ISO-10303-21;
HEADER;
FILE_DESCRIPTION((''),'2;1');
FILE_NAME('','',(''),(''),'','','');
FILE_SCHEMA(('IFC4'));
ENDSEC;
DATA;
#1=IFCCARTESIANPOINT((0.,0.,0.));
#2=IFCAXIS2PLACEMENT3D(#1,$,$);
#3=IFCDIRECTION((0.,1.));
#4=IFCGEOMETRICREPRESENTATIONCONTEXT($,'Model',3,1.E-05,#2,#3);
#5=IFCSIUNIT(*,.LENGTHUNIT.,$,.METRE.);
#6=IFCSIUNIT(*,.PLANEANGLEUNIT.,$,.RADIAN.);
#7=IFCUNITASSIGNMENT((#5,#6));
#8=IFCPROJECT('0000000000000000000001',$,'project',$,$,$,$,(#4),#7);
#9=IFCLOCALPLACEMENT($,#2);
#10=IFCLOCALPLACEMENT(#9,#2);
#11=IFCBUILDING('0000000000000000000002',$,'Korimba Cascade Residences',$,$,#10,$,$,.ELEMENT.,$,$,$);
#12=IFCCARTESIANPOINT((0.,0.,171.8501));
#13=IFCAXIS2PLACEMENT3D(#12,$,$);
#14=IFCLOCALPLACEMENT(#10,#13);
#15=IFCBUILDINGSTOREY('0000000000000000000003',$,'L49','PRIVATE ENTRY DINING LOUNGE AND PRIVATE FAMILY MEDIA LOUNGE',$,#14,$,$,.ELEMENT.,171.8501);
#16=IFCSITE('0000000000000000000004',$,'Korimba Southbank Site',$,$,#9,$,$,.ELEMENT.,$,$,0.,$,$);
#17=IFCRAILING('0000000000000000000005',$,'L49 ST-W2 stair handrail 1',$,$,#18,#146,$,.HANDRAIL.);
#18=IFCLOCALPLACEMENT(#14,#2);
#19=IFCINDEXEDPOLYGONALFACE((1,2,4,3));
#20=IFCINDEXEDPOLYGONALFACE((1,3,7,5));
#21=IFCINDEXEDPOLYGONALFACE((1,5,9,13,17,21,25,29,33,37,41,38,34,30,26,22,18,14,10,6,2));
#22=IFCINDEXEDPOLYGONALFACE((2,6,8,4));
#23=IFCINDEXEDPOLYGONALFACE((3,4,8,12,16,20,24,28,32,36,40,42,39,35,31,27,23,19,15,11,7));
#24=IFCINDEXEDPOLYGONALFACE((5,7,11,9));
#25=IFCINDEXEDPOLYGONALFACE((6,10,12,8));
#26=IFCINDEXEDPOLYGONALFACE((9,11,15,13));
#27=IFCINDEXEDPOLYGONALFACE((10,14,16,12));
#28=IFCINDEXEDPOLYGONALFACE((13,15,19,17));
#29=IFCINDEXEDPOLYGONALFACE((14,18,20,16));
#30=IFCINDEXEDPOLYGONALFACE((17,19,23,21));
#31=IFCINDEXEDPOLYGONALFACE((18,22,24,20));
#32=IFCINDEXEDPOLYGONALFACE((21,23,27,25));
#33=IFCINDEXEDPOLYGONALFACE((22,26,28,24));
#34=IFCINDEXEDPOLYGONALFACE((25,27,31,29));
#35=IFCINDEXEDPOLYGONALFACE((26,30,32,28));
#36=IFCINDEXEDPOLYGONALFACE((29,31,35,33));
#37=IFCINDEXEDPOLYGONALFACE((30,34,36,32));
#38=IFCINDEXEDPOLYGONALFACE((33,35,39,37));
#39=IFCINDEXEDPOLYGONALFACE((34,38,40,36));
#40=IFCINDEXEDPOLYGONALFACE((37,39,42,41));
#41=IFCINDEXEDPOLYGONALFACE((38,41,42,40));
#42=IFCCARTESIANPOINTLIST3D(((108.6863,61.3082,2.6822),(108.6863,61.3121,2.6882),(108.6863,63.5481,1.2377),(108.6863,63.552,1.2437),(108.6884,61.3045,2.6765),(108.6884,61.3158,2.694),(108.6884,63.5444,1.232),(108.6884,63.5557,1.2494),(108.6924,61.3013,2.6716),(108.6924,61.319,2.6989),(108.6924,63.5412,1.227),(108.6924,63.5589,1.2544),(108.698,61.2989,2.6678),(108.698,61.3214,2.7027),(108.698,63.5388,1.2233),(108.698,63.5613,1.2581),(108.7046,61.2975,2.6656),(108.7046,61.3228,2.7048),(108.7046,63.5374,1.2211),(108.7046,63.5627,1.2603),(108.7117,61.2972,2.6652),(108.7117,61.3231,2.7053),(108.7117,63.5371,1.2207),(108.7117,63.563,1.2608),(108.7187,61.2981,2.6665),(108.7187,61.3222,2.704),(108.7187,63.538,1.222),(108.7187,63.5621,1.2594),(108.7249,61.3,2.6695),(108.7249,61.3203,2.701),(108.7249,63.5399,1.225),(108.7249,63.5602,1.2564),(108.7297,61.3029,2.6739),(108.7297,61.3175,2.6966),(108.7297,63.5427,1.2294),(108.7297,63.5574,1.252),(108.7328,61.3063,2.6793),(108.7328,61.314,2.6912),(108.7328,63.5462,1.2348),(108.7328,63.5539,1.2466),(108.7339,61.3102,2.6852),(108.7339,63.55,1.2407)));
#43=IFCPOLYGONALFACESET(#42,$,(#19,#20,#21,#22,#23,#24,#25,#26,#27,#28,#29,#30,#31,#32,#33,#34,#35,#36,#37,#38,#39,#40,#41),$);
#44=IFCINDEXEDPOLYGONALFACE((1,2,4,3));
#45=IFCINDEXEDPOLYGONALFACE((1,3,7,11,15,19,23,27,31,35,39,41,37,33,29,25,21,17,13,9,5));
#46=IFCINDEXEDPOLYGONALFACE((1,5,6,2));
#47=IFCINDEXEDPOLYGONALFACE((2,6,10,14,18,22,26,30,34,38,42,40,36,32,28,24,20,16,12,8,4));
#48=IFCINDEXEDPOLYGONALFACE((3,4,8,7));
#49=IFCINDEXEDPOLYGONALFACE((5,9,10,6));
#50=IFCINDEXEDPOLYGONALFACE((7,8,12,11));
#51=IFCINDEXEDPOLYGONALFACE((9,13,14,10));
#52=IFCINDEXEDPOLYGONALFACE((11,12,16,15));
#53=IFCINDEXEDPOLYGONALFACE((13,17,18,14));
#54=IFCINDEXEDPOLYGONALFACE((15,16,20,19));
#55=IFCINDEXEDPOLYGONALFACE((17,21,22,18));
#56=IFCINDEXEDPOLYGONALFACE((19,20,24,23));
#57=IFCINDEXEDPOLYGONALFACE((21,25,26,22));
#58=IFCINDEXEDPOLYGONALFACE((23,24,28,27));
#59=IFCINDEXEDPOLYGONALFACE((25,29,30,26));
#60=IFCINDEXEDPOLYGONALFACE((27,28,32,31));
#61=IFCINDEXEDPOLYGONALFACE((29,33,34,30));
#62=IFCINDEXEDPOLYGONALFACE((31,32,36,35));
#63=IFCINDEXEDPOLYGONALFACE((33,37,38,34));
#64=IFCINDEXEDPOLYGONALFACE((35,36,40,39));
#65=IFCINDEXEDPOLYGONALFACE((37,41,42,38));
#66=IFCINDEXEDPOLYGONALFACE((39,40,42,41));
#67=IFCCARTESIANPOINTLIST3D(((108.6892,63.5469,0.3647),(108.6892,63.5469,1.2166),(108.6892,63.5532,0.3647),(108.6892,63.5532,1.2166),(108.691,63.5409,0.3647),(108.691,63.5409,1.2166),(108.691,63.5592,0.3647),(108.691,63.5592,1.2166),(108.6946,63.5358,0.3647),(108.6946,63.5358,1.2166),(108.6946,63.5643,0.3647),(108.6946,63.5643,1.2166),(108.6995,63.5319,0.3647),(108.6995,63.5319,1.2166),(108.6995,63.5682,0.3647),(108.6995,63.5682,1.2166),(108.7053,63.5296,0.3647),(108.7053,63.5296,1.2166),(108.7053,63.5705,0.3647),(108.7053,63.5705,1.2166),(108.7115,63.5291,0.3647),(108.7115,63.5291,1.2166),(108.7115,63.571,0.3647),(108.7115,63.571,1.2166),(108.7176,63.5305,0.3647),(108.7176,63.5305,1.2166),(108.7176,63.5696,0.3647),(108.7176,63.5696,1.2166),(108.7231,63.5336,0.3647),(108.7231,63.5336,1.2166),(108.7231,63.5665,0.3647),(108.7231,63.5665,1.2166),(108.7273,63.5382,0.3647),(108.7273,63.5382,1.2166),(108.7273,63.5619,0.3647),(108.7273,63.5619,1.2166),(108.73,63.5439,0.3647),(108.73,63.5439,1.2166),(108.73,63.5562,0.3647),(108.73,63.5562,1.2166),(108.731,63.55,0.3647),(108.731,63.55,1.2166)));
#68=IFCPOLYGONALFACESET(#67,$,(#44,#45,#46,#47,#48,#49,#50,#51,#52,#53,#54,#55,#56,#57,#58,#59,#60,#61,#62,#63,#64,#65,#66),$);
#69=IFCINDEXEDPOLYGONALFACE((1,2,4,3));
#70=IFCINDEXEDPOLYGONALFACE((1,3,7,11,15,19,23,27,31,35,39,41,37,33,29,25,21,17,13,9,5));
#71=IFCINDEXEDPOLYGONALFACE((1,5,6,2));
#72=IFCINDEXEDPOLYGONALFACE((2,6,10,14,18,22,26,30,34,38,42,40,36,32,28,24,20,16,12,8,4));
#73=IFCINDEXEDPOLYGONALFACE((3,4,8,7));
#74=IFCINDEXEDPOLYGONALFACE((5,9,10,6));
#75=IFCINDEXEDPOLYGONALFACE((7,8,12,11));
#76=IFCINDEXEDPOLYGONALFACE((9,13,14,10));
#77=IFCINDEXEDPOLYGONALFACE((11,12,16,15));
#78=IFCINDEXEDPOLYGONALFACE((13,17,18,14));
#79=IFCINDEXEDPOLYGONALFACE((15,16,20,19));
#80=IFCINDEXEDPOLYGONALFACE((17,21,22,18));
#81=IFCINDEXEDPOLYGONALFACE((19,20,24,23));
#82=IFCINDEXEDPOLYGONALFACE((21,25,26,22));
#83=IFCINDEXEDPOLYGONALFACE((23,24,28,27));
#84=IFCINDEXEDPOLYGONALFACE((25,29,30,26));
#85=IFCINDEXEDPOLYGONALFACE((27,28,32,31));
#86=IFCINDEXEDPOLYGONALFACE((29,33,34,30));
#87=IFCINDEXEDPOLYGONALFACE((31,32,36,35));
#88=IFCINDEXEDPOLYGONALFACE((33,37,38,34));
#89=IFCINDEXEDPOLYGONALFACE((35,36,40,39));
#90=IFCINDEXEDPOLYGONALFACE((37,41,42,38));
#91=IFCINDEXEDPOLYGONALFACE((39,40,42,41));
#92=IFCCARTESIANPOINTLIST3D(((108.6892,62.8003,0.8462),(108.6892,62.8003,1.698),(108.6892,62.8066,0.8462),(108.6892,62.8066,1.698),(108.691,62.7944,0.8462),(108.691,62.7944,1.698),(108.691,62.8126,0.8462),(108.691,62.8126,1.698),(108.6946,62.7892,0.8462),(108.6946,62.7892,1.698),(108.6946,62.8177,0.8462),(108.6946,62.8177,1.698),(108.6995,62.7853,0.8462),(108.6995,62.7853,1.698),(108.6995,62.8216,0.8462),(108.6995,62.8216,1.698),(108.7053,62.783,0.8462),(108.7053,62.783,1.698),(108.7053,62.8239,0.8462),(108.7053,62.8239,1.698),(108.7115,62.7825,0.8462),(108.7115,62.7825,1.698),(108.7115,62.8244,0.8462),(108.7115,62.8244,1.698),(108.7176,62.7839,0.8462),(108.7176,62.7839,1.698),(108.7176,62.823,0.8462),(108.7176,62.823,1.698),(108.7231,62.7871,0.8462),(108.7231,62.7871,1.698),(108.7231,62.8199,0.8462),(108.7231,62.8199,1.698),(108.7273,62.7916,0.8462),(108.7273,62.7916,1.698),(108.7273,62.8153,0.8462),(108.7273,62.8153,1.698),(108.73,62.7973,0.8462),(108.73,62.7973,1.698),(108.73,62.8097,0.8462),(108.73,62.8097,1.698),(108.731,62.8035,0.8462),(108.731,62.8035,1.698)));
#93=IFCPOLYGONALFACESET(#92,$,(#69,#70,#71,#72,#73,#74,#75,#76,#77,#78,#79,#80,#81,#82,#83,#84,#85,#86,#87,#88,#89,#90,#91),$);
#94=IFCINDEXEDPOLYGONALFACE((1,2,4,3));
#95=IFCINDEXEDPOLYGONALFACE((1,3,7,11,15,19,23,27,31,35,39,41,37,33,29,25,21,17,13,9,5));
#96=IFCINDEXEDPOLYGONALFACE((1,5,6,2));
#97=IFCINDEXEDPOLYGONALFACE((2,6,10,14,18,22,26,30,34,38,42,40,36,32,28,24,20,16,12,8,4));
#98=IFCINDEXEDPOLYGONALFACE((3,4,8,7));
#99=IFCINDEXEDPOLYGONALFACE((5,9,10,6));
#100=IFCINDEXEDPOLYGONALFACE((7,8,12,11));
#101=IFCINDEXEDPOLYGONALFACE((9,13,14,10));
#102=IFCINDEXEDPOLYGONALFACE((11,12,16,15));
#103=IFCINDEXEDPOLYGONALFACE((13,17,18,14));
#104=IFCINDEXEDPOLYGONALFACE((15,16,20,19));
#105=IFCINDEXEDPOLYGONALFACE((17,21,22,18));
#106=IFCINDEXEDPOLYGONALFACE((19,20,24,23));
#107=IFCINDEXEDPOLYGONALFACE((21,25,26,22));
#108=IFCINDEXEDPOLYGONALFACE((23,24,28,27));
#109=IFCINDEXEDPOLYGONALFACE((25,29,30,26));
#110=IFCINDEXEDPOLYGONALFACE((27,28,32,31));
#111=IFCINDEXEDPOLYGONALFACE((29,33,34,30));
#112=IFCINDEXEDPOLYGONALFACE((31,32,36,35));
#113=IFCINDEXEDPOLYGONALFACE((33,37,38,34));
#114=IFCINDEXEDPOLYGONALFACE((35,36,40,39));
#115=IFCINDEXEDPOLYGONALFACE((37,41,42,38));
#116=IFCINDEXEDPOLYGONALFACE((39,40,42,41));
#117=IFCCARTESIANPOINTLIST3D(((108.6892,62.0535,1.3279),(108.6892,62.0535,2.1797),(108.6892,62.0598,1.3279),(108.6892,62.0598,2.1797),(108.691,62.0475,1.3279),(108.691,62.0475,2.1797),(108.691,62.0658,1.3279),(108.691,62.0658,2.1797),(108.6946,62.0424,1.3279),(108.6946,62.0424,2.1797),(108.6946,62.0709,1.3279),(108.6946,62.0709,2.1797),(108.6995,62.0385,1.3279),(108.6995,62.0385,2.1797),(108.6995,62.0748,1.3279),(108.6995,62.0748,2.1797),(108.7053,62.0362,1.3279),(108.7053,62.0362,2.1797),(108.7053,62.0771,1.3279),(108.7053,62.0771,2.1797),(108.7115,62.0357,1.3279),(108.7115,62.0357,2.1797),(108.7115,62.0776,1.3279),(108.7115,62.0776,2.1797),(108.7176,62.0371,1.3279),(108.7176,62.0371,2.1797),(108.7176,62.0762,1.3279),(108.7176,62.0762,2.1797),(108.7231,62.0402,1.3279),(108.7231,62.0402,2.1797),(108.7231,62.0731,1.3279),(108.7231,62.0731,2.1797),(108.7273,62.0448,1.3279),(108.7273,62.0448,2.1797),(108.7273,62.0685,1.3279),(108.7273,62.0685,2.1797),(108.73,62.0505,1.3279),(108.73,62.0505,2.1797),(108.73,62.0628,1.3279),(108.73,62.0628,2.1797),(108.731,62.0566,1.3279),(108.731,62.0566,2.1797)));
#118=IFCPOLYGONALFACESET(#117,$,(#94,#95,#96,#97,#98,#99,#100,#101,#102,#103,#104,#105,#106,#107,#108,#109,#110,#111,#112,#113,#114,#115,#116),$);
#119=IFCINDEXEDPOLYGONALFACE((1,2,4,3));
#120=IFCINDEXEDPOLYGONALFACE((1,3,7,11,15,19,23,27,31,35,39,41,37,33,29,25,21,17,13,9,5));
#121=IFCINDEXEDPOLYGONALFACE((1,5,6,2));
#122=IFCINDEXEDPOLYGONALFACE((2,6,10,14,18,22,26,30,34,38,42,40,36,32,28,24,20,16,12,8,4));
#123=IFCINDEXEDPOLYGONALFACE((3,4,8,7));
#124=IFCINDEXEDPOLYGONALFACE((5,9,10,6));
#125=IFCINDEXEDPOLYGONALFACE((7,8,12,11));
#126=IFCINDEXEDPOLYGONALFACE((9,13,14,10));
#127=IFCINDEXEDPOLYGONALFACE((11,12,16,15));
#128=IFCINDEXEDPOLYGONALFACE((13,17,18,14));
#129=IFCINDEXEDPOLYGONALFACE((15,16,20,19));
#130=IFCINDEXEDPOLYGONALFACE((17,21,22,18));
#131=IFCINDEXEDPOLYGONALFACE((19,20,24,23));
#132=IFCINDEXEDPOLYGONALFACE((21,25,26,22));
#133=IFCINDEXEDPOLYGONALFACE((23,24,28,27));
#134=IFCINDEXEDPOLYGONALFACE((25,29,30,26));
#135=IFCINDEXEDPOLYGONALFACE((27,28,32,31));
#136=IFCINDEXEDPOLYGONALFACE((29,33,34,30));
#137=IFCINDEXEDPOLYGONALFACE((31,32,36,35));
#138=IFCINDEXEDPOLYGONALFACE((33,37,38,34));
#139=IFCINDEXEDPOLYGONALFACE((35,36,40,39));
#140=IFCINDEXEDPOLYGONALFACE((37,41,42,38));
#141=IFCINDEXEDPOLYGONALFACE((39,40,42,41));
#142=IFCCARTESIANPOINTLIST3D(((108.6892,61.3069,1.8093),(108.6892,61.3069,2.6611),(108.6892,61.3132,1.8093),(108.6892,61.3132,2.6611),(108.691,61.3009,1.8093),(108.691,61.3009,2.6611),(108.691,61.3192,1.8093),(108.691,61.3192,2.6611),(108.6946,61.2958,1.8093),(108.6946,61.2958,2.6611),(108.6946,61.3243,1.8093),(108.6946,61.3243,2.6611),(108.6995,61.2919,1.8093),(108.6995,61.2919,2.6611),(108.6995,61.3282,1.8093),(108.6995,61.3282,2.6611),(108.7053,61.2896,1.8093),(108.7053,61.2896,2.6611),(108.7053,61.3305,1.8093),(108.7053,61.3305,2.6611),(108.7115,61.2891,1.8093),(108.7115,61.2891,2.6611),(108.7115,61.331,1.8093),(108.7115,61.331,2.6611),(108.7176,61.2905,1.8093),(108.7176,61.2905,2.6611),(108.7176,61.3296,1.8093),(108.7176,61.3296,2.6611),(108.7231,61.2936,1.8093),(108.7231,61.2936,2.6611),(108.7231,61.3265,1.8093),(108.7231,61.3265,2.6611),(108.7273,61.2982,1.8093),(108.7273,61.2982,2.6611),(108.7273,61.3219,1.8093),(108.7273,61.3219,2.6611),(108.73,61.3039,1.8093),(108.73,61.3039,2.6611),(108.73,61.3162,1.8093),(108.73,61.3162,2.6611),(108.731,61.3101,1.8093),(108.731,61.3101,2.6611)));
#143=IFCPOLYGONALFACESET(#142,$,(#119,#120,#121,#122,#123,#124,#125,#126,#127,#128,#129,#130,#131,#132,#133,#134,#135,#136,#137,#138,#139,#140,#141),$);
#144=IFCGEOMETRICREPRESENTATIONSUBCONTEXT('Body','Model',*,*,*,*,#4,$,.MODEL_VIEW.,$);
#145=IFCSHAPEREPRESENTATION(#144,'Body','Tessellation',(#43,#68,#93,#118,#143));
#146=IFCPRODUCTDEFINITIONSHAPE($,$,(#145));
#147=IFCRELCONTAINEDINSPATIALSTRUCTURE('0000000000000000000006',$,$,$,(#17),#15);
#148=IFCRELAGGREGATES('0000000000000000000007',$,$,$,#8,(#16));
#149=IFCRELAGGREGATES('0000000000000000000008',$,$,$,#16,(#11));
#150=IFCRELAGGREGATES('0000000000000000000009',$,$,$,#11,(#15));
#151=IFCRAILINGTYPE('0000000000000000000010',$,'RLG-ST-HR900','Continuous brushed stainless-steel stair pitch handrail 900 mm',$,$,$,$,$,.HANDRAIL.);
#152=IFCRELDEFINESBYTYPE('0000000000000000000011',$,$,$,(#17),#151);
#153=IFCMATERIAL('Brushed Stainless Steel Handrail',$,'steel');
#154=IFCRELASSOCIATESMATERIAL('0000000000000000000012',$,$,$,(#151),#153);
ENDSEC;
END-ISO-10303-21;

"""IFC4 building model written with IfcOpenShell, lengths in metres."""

from ifc_helpers import new_model, si_unit, direction, frame, origin, origin_2d, place, context, subcontext, project, spatial, circle, extrude, material, type_object, element, save


model = new_model("IFC4")

# Units and contexts
model_context = context("Model", 3, precision=1e-05, world=origin(), true_north=direction((0.0, 1.0)))
body_context = subcontext(model_context, "Body", "Model", "MODEL_VIEW")
ifc_project = project(units=[si_unit("LENGTHUNIT", "METRE"), si_unit("PLANEANGLEUNIT", "RADIAN")], contexts=[model_context])

# Site, building, storey
site_placement = place(None, origin())
site = spatial("IfcSite", under=ifc_project, at=site_placement, Name="Korimba Southbank Site", CompositionType="ELEMENT", RefElevation=0.0)
building_placement = place(site_placement, origin())
building = spatial("IfcBuilding", under=site, at=building_placement, Name="Korimba Cascade Residences", CompositionType="ELEMENT")
storey_placement = place(building_placement, frame((0.0, 0.0, 171.8501)))
storey = spatial("IfcBuildingStorey", under=building, at=storey_placement, Name="L49", Description="PRIVATE ENTRY DINING LOUNGE AND PRIVATE FAMILY MEDIA LOUNGE", CompositionType="ELEMENT", Elevation=171.8501)

# Railing
ifc_material_1 = material(Name="Brushed Stainless Steel Handrail", Category="steel")
railing_type_1 = type_object("IfcRailingType", Name="RLG-ST-HR900", Description="Continuous brushed stainless-steel stair pitch handrail 900 mm", PredefinedType="HANDRAIL", material=ifc_material_1)
railing_1_placement = place(storey_placement, frame((108.71, 63.55, 0.3647)))
element("IfcRailing", 1, at=railing_1_placement, inside=storey, type_object=railing_type_1, Name="L49 ST-W2 stair handrail 1", PredefinedType="HANDRAIL", context=body_context, shape_type="SweptSolid", body=[
    extrude(circle(Radius=0.0239, at=origin_2d()), frame((0.0, 0.0, 0.876), z_axis=(0.0, -0.840395, 0.541975), x_axis=(1.0, 0.0, 0.0)), (0.0, 0.0, 1.0), 2.6653),
    extrude(circle(Radius=0.021, at=origin_2d()), origin(), (0.0, 0.0, 1.0), 0.8518),
    extrude(circle(Radius=0.021, at=origin_2d()), frame((0.0, -0.7466, 0.4814)), (0.0, 0.0, 1.0), 0.8518),
    extrude(circle(Radius=0.021, at=origin_2d()), frame((0.0, -1.4934, 0.9631)), (0.0, 0.0, 1.0), 0.8518),
    extrude(circle(Radius=0.021, at=origin_2d()), frame((0.0, -2.24, 1.4446)), (0.0, 0.0, 1.0), 0.8518),
])

save(model, "model.ifc")
